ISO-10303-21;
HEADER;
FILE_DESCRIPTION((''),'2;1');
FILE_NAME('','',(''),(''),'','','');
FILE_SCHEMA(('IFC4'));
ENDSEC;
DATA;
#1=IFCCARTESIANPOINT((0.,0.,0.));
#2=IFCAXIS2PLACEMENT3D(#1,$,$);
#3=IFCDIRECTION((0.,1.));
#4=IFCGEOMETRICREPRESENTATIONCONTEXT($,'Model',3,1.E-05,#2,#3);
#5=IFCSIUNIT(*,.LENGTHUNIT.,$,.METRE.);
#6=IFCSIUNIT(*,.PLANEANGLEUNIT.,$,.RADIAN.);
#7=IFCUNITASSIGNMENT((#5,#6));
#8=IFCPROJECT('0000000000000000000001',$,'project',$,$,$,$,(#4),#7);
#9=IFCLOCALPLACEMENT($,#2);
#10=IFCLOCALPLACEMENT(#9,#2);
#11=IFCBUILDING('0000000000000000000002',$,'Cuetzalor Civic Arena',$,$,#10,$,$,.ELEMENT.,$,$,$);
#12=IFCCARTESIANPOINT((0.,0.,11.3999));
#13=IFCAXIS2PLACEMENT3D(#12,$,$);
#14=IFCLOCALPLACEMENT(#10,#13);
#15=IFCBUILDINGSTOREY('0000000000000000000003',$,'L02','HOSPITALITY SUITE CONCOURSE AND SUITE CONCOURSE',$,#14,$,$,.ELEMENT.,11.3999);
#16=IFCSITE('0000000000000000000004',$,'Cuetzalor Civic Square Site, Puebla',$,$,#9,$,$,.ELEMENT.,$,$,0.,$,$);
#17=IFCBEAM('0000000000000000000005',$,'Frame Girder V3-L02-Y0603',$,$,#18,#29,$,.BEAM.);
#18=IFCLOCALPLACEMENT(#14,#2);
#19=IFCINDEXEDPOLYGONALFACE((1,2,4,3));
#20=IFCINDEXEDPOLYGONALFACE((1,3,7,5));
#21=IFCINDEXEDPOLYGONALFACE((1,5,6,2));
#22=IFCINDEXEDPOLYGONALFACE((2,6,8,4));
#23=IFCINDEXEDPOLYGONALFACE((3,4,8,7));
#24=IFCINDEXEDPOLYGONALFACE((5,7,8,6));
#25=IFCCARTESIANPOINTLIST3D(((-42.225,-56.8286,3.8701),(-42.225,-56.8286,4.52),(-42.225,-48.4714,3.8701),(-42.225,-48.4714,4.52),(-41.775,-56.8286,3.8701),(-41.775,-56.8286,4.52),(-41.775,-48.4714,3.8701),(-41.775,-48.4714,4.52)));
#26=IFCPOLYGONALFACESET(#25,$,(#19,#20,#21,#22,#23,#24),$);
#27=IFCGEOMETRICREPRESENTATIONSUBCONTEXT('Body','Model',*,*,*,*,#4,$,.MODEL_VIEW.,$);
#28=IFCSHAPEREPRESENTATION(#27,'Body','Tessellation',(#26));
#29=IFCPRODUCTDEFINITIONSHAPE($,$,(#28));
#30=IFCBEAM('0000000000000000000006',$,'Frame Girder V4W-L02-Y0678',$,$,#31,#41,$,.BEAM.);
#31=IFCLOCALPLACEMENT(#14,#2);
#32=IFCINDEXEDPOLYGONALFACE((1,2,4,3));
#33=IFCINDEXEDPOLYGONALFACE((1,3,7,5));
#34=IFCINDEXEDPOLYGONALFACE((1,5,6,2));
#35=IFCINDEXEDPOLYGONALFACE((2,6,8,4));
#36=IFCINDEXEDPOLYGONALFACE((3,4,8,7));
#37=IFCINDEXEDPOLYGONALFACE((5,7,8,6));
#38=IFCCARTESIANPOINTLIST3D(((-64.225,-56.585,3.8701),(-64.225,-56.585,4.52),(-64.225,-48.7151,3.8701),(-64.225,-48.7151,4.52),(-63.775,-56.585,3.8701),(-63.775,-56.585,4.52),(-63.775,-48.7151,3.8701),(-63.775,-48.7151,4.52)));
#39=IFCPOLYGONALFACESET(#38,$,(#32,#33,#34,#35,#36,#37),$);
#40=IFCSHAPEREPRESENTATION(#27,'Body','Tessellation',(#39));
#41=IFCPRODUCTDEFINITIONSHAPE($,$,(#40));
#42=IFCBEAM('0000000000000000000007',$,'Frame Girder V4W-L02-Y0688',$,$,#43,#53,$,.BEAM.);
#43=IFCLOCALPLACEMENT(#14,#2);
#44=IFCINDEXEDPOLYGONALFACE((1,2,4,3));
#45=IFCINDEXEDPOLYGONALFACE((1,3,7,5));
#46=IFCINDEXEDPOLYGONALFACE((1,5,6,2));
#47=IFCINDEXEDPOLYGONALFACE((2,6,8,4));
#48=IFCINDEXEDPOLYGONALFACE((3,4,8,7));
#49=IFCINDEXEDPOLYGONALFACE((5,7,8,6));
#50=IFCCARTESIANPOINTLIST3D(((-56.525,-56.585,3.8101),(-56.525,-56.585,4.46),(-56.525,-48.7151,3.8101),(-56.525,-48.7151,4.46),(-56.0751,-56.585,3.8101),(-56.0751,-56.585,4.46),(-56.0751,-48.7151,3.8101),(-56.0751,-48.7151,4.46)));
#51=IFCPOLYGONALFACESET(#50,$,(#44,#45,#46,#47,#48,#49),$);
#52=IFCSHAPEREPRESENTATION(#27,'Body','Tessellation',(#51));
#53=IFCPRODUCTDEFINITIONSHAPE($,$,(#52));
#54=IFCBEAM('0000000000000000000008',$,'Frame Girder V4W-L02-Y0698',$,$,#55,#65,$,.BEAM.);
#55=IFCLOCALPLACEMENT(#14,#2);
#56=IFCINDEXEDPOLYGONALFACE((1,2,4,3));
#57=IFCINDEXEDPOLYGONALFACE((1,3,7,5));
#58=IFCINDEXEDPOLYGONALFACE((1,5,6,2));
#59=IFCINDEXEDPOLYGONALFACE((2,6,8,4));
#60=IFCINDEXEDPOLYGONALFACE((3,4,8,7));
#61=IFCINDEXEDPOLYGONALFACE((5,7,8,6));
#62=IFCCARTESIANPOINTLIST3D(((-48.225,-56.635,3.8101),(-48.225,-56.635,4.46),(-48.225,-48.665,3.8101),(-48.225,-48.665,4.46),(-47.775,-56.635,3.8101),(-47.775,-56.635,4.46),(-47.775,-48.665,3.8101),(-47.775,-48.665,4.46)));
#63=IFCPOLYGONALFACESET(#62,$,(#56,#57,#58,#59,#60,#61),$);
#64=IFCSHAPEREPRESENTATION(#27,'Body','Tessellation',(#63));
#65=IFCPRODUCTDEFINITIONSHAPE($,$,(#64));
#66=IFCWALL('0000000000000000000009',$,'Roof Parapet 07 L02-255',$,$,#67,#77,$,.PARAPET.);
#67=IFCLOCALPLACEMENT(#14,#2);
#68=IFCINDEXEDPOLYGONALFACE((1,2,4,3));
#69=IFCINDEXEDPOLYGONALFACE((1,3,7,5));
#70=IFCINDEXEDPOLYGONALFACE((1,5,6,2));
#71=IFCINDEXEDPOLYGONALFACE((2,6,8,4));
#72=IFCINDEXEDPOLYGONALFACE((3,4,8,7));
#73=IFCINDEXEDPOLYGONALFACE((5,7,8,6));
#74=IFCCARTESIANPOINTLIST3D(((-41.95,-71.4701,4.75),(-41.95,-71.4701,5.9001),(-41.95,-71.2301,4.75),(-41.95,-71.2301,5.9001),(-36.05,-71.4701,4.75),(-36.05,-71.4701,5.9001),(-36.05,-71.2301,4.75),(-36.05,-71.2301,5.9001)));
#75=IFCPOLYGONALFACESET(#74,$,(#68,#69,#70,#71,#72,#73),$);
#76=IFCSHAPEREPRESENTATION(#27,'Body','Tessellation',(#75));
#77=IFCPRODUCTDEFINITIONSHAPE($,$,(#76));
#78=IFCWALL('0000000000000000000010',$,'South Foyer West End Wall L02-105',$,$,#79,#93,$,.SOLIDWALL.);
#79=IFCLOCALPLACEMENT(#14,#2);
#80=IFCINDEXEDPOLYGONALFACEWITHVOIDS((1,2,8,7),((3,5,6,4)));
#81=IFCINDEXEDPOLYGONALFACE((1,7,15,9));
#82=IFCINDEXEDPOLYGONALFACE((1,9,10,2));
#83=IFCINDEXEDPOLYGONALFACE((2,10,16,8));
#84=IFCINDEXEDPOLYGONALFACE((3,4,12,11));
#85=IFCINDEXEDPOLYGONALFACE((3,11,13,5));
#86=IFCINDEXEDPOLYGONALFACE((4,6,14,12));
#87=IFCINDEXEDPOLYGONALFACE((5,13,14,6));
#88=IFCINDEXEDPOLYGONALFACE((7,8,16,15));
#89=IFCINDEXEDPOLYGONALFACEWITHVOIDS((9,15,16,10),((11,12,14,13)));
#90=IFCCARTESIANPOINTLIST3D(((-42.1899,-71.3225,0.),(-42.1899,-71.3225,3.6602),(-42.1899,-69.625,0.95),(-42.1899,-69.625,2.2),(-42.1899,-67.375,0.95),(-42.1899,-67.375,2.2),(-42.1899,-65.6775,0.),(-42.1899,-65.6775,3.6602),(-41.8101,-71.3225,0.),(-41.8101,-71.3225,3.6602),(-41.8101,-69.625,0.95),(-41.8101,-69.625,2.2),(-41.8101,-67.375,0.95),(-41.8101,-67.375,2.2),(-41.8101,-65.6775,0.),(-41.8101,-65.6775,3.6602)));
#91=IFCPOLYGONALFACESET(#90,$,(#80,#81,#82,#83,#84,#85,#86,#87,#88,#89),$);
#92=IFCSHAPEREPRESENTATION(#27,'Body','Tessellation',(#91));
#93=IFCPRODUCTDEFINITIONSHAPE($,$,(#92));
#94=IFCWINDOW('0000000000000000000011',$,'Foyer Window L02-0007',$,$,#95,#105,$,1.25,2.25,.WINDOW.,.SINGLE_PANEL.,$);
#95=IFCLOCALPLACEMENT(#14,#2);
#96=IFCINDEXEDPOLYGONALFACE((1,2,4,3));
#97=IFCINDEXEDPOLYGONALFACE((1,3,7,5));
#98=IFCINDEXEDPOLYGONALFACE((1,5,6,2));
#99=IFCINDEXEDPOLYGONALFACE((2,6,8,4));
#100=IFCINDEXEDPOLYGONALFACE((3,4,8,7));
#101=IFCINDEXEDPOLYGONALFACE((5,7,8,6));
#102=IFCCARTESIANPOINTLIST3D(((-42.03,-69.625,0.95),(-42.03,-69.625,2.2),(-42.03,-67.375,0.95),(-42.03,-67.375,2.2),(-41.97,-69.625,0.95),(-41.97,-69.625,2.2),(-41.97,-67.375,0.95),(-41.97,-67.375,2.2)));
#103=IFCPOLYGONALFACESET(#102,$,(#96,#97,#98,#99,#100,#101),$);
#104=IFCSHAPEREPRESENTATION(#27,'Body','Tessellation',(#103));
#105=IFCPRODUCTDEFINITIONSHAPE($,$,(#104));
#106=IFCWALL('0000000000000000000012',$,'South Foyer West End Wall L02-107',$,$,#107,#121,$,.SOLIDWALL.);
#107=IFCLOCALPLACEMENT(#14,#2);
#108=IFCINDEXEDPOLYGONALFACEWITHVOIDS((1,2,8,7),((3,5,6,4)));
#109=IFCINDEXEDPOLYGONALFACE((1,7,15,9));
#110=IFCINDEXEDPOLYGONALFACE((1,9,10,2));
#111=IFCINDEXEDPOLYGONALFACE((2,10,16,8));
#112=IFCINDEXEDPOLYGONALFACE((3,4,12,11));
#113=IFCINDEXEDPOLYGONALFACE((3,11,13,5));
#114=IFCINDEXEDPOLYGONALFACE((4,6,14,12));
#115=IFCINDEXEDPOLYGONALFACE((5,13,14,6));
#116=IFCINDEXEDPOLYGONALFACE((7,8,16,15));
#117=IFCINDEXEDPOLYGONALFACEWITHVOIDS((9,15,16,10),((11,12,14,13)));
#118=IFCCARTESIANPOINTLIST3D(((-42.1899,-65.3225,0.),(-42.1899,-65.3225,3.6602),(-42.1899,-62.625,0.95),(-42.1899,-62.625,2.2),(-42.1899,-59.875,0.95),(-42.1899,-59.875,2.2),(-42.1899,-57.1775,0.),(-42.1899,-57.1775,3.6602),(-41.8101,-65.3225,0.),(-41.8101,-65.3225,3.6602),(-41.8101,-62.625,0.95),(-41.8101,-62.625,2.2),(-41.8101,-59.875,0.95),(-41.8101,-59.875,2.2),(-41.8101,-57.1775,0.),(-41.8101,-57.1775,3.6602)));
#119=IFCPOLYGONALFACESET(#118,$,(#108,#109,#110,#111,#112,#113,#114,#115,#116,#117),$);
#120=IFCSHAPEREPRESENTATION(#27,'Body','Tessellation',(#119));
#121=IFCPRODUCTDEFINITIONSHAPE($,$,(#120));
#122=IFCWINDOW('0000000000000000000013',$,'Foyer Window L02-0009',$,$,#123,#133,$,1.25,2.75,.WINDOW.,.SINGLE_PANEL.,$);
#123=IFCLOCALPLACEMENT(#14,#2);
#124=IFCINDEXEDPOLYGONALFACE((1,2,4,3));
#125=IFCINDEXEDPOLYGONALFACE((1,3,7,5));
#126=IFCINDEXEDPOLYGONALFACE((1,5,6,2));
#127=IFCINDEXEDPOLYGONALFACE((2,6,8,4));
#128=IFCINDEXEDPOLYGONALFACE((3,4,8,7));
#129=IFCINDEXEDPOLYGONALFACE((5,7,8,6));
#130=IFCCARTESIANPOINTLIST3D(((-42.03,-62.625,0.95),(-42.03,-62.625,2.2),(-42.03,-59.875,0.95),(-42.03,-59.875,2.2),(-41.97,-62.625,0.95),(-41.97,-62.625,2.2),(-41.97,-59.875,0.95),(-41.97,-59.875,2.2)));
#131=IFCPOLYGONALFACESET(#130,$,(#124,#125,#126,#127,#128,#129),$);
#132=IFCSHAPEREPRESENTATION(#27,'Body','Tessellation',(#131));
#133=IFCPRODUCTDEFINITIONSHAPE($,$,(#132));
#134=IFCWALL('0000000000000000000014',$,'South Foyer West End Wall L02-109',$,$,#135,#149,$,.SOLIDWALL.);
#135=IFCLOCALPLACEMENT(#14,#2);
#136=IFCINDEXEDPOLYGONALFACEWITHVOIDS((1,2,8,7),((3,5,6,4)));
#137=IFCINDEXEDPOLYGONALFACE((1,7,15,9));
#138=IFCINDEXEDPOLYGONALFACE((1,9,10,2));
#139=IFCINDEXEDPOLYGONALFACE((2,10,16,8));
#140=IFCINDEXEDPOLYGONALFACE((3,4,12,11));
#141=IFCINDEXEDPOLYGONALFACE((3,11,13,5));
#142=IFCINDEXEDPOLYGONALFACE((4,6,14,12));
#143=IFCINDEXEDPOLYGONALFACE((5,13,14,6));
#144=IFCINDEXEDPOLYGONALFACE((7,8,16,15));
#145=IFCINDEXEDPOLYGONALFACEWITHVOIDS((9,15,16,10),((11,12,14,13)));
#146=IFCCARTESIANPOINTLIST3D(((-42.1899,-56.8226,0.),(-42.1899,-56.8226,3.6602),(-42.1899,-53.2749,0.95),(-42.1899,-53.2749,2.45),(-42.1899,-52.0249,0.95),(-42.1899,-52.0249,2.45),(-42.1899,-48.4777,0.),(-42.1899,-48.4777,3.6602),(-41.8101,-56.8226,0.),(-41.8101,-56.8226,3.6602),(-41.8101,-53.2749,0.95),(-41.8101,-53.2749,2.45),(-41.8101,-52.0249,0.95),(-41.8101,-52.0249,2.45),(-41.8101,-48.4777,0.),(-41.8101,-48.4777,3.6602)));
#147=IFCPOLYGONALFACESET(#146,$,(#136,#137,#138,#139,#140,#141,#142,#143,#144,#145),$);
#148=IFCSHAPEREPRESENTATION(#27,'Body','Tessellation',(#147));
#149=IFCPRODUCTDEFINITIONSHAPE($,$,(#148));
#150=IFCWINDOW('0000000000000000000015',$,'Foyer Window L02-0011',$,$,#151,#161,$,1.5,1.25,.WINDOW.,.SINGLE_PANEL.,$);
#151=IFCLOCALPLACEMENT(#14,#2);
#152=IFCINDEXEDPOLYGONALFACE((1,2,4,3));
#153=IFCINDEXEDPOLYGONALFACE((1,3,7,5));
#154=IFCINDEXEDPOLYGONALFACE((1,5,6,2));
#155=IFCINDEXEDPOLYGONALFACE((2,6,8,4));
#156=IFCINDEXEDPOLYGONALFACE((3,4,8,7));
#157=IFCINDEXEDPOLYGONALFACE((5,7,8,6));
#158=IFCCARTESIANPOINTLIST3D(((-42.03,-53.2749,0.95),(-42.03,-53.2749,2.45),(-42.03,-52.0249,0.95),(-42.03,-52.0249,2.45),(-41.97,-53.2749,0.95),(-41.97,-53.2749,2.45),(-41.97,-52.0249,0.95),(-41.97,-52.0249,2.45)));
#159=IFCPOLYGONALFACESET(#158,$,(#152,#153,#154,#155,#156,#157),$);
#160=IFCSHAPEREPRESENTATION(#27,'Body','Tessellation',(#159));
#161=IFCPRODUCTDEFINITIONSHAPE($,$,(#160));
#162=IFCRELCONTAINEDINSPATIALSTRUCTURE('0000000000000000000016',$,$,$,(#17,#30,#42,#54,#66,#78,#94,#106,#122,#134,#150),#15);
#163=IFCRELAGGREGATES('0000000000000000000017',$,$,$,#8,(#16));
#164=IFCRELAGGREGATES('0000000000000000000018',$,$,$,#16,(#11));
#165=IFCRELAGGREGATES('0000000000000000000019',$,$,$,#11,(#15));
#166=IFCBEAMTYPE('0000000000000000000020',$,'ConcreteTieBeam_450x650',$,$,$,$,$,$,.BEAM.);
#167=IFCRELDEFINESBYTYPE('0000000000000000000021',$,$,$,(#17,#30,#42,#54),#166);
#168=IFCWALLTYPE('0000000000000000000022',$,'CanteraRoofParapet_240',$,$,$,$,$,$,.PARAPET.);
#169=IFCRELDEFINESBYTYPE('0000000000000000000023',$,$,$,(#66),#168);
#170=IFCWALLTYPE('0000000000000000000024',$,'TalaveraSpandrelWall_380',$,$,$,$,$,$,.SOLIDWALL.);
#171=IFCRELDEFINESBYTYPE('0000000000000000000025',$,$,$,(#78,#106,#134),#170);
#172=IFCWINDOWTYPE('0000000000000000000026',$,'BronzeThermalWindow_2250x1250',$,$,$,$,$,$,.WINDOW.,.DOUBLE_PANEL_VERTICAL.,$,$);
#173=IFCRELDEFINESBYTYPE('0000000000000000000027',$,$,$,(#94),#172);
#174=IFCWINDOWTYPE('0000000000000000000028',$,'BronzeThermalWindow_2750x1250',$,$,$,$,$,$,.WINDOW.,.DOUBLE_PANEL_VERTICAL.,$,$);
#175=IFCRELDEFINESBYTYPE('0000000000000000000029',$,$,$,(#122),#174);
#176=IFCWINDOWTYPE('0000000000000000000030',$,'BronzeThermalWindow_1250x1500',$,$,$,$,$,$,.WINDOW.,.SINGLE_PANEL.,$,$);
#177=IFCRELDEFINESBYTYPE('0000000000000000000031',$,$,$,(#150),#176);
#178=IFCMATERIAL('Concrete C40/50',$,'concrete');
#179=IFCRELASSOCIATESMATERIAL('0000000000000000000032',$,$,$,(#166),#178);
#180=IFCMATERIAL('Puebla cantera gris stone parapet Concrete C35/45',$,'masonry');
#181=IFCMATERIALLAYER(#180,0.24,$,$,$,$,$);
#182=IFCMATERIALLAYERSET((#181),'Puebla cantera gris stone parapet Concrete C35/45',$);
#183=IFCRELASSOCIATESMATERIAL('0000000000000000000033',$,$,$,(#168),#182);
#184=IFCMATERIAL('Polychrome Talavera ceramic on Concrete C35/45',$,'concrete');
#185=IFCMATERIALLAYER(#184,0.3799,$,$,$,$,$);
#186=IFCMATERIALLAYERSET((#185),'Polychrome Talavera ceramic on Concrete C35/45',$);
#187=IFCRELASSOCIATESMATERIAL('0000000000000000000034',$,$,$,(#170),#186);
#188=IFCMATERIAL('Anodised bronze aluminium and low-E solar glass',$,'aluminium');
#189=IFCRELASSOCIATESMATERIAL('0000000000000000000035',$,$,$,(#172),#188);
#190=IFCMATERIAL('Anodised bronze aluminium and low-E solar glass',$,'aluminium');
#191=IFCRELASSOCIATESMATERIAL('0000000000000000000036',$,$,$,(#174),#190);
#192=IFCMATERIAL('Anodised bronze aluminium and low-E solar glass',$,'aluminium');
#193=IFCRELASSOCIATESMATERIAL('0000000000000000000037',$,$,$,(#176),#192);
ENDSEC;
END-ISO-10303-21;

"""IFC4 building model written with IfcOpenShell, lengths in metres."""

from ifc_helpers import new_model, si_unit, direction, frame, frame_2d, origin, origin_2d, place, context, subcontext, project, spatial, rectangle, extrude, material, layer, layer_set, material_profile, profile_set, type_object, element, fill, save


model = new_model("IFC4")

# Units and contexts
model_context = context("Model", 3, precision=1e-05, world=origin(), true_north=direction((0.0, 1.0)))
body_context = subcontext(model_context, "Body", "Model", "MODEL_VIEW")
ifc_project = project(units=[si_unit("LENGTHUNIT", "METRE"), si_unit("PLANEANGLEUNIT", "RADIAN")], contexts=[model_context])

# Site, building, storey
site_placement = place(None, origin())
site = spatial("IfcSite", under=ifc_project, at=site_placement, Name="Cuetzalor Civic Square Site, Puebla", CompositionType="ELEMENT", RefElevation=0.0)
building_placement = place(site_placement, origin())
building = spatial("IfcBuilding", under=site, at=building_placement, Name="Cuetzalor Civic Arena", CompositionType="ELEMENT")
storey_placement = place(building_placement, frame((0.0, 0.0, 11.3999)))
storey = spatial("IfcBuildingStorey", under=building, at=storey_placement, Name="L02", Description="HOSPITALITY SUITE CONCOURSE AND SUITE CONCOURSE", CompositionType="ELEMENT", Elevation=11.3999)

# Beams
ifc_material_1 = material(Name="Concrete C40/50", Category="concrete")
ifc_material_profile_1 = material_profile(ifc_material_1, rectangle(XDim=0.45, YDim=0.6499, at=origin_2d()), Name="RC 450x650")
ifc_profile_set_1 = profile_set([ifc_material_profile_1], Name="Concrete C40/50")
beam_type_1 = type_object("IfcBeamType", Name="ConcreteTieBeam_450x650", PredefinedType="BEAM", material=ifc_profile_set_1)
beam_1_placement = place(storey_placement, frame((-42.0, -56.8286, 4.1951), z_axis=(0.0, 1.0, 0.0), x_axis=(-1.0, 0.0, 0.0)))
element("IfcBeam", 1, at=beam_1_placement, inside=storey, type_object=beam_type_1, Name="Frame Girder V3-L02-Y0603", PredefinedType="BEAM", context=body_context, shape_type="SweptSolid", body=[
    extrude(rectangle(XDim=0.45, YDim=0.6499, at=origin_2d()), origin(), (0.0, 0.0, 1.0), 8.3572),
])
for number, where, z_axis, x_axis, name in (
    (2, (-64.0, -56.585, 4.1951), (0.0, 1.0, 0.0), (-1.0, 0.0, 0.0), "Frame Girder V4W-L02-Y0678"),
    (3, (-56.3, -56.585, 4.135), (0.0, 1.0, 0.0), (-1.0, 0.0, 0.0), "Frame Girder V4W-L02-Y0688"),
):
    element("IfcBeam", number, at=place(storey_placement, frame(where, z_axis=z_axis, x_axis=x_axis)), inside=storey, type_object=beam_type_1, Name=name, PredefinedType="BEAM", context=body_context, shape_type="SweptSolid", body=[
        extrude(rectangle(XDim=0.45, YDim=0.6499, at=origin_2d()), origin(), (0.0, 0.0, 1.0), 7.8699),
    ])
beam_2_placement = place(storey_placement, frame((-48.0, -56.635, 4.135), z_axis=(0.0, 1.0, 0.0), x_axis=(-1.0, 0.0, 0.0)))
element("IfcBeam", 4, at=beam_2_placement, inside=storey, type_object=beam_type_1, Name="Frame Girder V4W-L02-Y0698", PredefinedType="BEAM", context=body_context, shape_type="SweptSolid", body=[
    extrude(rectangle(XDim=0.45, YDim=0.6499, at=origin_2d()), origin(), (0.0, 0.0, 1.0), 7.97),
])

# Wall
ifc_material_2 = material(Name="Puebla cantera gris stone parapet Concrete C35/45", Category="masonry")
ifc_layer_1 = layer(ifc_material_2, 0.24)
ifc_layer_set_1 = layer_set([ifc_layer_1], Name="Puebla cantera gris stone parapet Concrete C35/45")
wall_type_1 = type_object("IfcWallType", Name="CanteraRoofParapet_240", PredefinedType="PARAPET", material=ifc_layer_set_1)
wall_1_placement = place(storey_placement, frame((-41.95, -71.3501, 4.75), z_axis=(0.0, 0.0, 1.0), x_axis=(1.0, 0.0, 0.0)))
element("IfcWall", 5, at=wall_1_placement, inside=storey, type_object=wall_type_1, Name="Roof Parapet 07 L02-255", PredefinedType="PARAPET", context=body_context, shape_type="SweptSolid", body=[
    extrude(rectangle(XDim=5.8999, YDim=0.24, at=frame_2d((2.95, 0.0))), origin(), (0.0, 0.0, 1.0), 1.1501),
])

# Walls, openings, windows
ifc_material_3 = material(Name="Polychrome Talavera ceramic on Concrete C35/45", Category="concrete")
ifc_layer_2 = layer(ifc_material_3, 0.3799)
ifc_layer_set_2 = layer_set([ifc_layer_2], Name="Polychrome Talavera ceramic on Concrete C35/45")
wall_type_2 = type_object("IfcWallType", Name="TalaveraSpandrelWall_380", PredefinedType="SOLIDWALL", material=ifc_layer_set_2)
wall_2_placement = place(storey_placement, frame((-42.0, -71.3225, 0.0), z_axis=(0.0, 0.0, 1.0), x_axis=(0.0, 1.0, 0.0)))
wall_2 = element("IfcWall", 6, at=wall_2_placement, inside=storey, type_object=wall_type_2, Name="South Foyer West End Wall L02-105", PredefinedType="SOLIDWALL", context=body_context, shape_type="SweptSolid", body=[
    extrude(rectangle(XDim=5.645, YDim=0.3799, at=frame_2d((2.8225, 0.0))), origin(), (0.0, 0.0, 1.0), 3.6602),
])
opening_1_placement = place(wall_2_placement, frame((1.6975, 0.0, 0.95)))
opening_1 = element("IfcOpeningElement", 7, at=opening_1_placement, cuts=wall_2, PredefinedType="OPENING", context=body_context, shape_type="SweptSolid", body=[
    extrude(rectangle(XDim=2.25, YDim=1.25, at=frame_2d((1.125, 0.625))), frame((0.0, 0.2, 0.0), z_axis=(0.0, -1.0, 0.0), x_axis=(1.0, 0.0, 0.0)), (0.0, 0.0, 1.0), 0.3999),
])
ifc_material_4 = material(Name="Anodised bronze aluminium and low-E solar glass", Category="aluminium")
window_type_1 = type_object("IfcWindowType", Name="BronzeThermalWindow_2250x1250", PartitioningType="DOUBLE_PANEL_VERTICAL", PredefinedType="WINDOW", material=ifc_material_4)
window_1_placement = place(opening_1_placement, origin())
window_1 = element("IfcWindow", 8, at=window_1_placement, inside=storey, type_object=window_type_1, Name="Foyer Window L02-0007", OverallHeight=1.25, OverallWidth=2.25, PartitioningType="SINGLE_PANEL", PredefinedType="WINDOW", context=body_context, shape_type="SweptSolid", body=[
    extrude(rectangle(XDim=2.25, YDim=1.25, at=frame_2d((1.125, 0.625))), frame((0.0, 0.03, 0.0), z_axis=(0.0, -1.0, 0.0), x_axis=(1.0, 0.0, 0.0)), (0.0, 0.0, 1.0), 0.0601),
])
fill(opening_1, window_1)
wall_3_placement = place(storey_placement, frame((-42.0, -65.3225, 0.0), z_axis=(0.0, 0.0, 1.0), x_axis=(0.0, 1.0, 0.0)))
wall_3 = element("IfcWall", 9, at=wall_3_placement, inside=storey, type_object=wall_type_2, Name="South Foyer West End Wall L02-107", PredefinedType="SOLIDWALL", context=body_context, shape_type="SweptSolid", body=[
    extrude(rectangle(XDim=8.145, YDim=0.3799, at=frame_2d((4.0725, 0.0))), origin(), (0.0, 0.0, 1.0), 3.6602),
])
opening_2_placement = place(wall_3_placement, frame((2.6975, 0.0, 0.95)))
opening_2 = element("IfcOpeningElement", 10, at=opening_2_placement, cuts=wall_3, PredefinedType="OPENING", context=body_context, shape_type="SweptSolid", body=[
    extrude(rectangle(XDim=2.75, YDim=1.25, at=frame_2d((1.375, 0.625))), frame((0.0, 0.2, 0.0), z_axis=(0.0, -1.0, 0.0), x_axis=(1.0, 0.0, 0.0)), (0.0, 0.0, 1.0), 0.3999),
])
ifc_material_5 = material(Name="Anodised bronze aluminium and low-E solar glass", Category="aluminium")
window_type_2 = type_object("IfcWindowType", Name="BronzeThermalWindow_2750x1250", PartitioningType="DOUBLE_PANEL_VERTICAL", PredefinedType="WINDOW", material=ifc_material_5)
window_2_placement = place(opening_2_placement, origin())
window_2 = element("IfcWindow", 11, at=window_2_placement, inside=storey, type_object=window_type_2, Name="Foyer Window L02-0009", OverallHeight=1.25, OverallWidth=2.75, PartitioningType="SINGLE_PANEL", PredefinedType="WINDOW", context=body_context, shape_type="SweptSolid", body=[
    extrude(rectangle(XDim=2.75, YDim=1.25, at=frame_2d((1.375, 0.625))), frame((0.0, 0.03, 0.0), z_axis=(0.0, -1.0, 0.0), x_axis=(1.0, 0.0, 0.0)), (0.0, 0.0, 1.0), 0.0601),
])
fill(opening_2, window_2)
wall_4_placement = place(storey_placement, frame((-42.0, -56.8225, 0.0), z_axis=(0.0, 0.0, 1.0), x_axis=(0.0, 1.0, 0.0)))
wall_4 = element("IfcWall", 12, at=wall_4_placement, inside=storey, type_object=wall_type_2, Name="South Foyer West End Wall L02-109", PredefinedType="SOLIDWALL", context=body_context, shape_type="SweptSolid", body=[
    extrude(rectangle(XDim=8.345, YDim=0.3799, at=frame_2d((4.1724, 0.0))), origin(), (0.0, 0.0, 1.0), 3.6602),
])
opening_3_placement = place(wall_4_placement, frame((3.5476, 0.0, 0.95)))
opening_3 = element("IfcOpeningElement", 13, at=opening_3_placement, cuts=wall_4, PredefinedType="OPENING", context=body_context, shape_type="SweptSolid", body=[
    extrude(rectangle(XDim=1.25, YDim=1.5, at=frame_2d((0.625, 0.75))), frame((0.0, 0.2, 0.0), z_axis=(0.0, -1.0, 0.0), x_axis=(1.0, 0.0, 0.0)), (0.0, 0.0, 1.0), 0.3999),
])
ifc_material_6 = material(Name="Anodised bronze aluminium and low-E solar glass", Category="aluminium")
window_type_3 = type_object("IfcWindowType", Name="BronzeThermalWindow_1250x1500", PartitioningType="SINGLE_PANEL", PredefinedType="WINDOW", material=ifc_material_6)
window_3_placement = place(opening_3_placement, origin())
window_3 = element("IfcWindow", 14, at=window_3_placement, inside=storey, type_object=window_type_3, Name="Foyer Window L02-0011", OverallHeight=1.5, OverallWidth=1.25, PartitioningType="SINGLE_PANEL", PredefinedType="WINDOW", context=body_context, shape_type="SweptSolid", body=[
    extrude(rectangle(XDim=1.25, YDim=1.5, at=frame_2d((0.625, 0.75))), frame((0.0, 0.03, 0.0), z_axis=(0.0, -1.0, 0.0), x_axis=(1.0, 0.0, 0.0)), (0.0, 0.0, 1.0), 0.0601),
])
fill(opening_3, window_3)

save(model, "model.ifc")
